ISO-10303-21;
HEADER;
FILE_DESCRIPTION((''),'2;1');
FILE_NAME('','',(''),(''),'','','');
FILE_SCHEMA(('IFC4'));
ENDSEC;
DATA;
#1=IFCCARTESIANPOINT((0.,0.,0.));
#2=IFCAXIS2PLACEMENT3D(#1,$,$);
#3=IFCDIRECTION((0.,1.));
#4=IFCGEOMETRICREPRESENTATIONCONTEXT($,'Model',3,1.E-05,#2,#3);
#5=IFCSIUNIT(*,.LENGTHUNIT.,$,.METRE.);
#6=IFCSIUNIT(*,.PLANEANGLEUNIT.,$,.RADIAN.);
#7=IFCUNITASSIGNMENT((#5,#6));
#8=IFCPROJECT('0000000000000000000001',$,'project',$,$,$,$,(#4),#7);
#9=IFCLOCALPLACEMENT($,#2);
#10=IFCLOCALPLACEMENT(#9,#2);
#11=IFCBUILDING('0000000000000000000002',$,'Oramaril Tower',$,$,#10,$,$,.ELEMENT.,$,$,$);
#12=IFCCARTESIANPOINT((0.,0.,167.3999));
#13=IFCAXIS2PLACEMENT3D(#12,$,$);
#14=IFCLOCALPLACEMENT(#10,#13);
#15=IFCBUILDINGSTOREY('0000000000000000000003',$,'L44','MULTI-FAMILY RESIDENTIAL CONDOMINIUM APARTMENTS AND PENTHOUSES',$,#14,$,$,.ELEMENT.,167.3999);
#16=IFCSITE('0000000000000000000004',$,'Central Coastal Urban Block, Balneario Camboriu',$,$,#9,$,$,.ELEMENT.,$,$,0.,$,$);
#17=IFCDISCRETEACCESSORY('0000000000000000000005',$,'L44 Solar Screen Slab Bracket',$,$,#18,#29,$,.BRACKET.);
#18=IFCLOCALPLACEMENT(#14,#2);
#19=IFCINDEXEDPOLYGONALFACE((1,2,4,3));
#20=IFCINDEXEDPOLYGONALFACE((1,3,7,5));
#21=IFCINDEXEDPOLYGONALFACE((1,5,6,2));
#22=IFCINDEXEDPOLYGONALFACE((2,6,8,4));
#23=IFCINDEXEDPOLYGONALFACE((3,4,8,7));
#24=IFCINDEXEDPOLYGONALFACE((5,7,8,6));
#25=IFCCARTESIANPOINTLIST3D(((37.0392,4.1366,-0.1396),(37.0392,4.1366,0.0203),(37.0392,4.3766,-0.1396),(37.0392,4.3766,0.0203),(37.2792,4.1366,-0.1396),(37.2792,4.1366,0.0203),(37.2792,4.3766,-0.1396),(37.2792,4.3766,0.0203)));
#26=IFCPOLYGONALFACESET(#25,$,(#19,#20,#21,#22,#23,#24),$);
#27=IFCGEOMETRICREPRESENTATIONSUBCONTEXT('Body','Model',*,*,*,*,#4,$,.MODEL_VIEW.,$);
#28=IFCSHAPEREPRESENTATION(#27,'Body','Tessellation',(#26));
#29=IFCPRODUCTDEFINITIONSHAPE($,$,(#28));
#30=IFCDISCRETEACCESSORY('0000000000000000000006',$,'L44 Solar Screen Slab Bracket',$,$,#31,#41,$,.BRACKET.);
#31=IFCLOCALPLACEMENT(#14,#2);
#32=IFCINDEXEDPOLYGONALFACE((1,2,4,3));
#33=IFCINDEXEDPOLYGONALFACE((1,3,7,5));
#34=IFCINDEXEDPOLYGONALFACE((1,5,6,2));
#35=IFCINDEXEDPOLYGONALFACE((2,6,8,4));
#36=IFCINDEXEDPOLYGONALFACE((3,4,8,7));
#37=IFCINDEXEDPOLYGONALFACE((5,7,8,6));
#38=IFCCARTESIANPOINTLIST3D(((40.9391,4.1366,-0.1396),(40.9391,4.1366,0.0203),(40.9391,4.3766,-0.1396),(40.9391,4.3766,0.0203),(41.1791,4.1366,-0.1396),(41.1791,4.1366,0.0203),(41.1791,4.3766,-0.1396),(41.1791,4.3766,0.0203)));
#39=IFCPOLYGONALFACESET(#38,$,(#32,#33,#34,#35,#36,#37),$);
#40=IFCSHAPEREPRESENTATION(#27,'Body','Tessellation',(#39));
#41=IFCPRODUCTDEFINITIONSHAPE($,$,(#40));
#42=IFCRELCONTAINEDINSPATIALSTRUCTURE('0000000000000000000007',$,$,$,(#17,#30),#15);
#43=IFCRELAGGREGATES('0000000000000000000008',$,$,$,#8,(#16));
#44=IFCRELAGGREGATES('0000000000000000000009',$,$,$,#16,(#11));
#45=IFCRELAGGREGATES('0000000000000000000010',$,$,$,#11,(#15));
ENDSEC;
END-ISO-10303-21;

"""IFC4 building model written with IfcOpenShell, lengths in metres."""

from ifc_helpers import new_model, si_unit, direction, frame, origin, origin_2d, place, context, subcontext, project, spatial, rectangle, extrude, element, save


model = new_model("IFC4")

# Units and contexts
model_context = context("Model", 3, precision=1e-05, world=origin(), true_north=direction((0.0, 1.0)))
body_context = subcontext(model_context, "Body", "Model", "MODEL_VIEW")
ifc_project = project(units=[si_unit("LENGTHUNIT", "METRE"), si_unit("PLANEANGLEUNIT", "RADIAN")], contexts=[model_context])

# Site, building, storey
site_placement = place(None, origin())
site = spatial("IfcSite", under=ifc_project, at=site_placement, Name="Central Coastal Urban Block, Balneario Camboriu", CompositionType="ELEMENT", RefElevation=0.0)
building_placement = place(site_placement, origin())
building = spatial("IfcBuilding", under=site, at=building_placement, Name="Oramaril Tower", CompositionType="ELEMENT")
storey_placement = place(building_placement, frame((0.0, 0.0, 167.3999)))
storey = spatial("IfcBuildingStorey", under=building, at=storey_placement, Name="L44", Description="MULTI-FAMILY RESIDENTIAL CONDOMINIUM APARTMENTS AND PENTHOUSES", CompositionType="ELEMENT", Elevation=167.3999)

# Discrete accessories
for number, where, z_axis, x_axis, name in (
    (1, (37.1592, 4.2566, -0.1396), (0.0, 0.0, 1.0), (1.0, 0.0, 0.0), "L44 Solar Screen Slab Bracket"),
    (2, (41.0591, 4.2566, -0.1396), (0.0, 0.0, 1.0), (1.0, 0.0, 0.0), "L44 Solar Screen Slab Bracket"),
):
    element("IfcDiscreteAccessory", number, at=place(storey_placement, frame(where, z_axis=z_axis, x_axis=x_axis)), inside=storey, Name=name, PredefinedType="BRACKET", context=body_context, shape_type="SweptSolid", body=[
        extrude(rectangle(XDim=0.24, YDim=0.24, at=origin_2d()), origin(), (0.0, 0.0, 1.0), 0.1599),
    ])

save(model, "model.ifc")
